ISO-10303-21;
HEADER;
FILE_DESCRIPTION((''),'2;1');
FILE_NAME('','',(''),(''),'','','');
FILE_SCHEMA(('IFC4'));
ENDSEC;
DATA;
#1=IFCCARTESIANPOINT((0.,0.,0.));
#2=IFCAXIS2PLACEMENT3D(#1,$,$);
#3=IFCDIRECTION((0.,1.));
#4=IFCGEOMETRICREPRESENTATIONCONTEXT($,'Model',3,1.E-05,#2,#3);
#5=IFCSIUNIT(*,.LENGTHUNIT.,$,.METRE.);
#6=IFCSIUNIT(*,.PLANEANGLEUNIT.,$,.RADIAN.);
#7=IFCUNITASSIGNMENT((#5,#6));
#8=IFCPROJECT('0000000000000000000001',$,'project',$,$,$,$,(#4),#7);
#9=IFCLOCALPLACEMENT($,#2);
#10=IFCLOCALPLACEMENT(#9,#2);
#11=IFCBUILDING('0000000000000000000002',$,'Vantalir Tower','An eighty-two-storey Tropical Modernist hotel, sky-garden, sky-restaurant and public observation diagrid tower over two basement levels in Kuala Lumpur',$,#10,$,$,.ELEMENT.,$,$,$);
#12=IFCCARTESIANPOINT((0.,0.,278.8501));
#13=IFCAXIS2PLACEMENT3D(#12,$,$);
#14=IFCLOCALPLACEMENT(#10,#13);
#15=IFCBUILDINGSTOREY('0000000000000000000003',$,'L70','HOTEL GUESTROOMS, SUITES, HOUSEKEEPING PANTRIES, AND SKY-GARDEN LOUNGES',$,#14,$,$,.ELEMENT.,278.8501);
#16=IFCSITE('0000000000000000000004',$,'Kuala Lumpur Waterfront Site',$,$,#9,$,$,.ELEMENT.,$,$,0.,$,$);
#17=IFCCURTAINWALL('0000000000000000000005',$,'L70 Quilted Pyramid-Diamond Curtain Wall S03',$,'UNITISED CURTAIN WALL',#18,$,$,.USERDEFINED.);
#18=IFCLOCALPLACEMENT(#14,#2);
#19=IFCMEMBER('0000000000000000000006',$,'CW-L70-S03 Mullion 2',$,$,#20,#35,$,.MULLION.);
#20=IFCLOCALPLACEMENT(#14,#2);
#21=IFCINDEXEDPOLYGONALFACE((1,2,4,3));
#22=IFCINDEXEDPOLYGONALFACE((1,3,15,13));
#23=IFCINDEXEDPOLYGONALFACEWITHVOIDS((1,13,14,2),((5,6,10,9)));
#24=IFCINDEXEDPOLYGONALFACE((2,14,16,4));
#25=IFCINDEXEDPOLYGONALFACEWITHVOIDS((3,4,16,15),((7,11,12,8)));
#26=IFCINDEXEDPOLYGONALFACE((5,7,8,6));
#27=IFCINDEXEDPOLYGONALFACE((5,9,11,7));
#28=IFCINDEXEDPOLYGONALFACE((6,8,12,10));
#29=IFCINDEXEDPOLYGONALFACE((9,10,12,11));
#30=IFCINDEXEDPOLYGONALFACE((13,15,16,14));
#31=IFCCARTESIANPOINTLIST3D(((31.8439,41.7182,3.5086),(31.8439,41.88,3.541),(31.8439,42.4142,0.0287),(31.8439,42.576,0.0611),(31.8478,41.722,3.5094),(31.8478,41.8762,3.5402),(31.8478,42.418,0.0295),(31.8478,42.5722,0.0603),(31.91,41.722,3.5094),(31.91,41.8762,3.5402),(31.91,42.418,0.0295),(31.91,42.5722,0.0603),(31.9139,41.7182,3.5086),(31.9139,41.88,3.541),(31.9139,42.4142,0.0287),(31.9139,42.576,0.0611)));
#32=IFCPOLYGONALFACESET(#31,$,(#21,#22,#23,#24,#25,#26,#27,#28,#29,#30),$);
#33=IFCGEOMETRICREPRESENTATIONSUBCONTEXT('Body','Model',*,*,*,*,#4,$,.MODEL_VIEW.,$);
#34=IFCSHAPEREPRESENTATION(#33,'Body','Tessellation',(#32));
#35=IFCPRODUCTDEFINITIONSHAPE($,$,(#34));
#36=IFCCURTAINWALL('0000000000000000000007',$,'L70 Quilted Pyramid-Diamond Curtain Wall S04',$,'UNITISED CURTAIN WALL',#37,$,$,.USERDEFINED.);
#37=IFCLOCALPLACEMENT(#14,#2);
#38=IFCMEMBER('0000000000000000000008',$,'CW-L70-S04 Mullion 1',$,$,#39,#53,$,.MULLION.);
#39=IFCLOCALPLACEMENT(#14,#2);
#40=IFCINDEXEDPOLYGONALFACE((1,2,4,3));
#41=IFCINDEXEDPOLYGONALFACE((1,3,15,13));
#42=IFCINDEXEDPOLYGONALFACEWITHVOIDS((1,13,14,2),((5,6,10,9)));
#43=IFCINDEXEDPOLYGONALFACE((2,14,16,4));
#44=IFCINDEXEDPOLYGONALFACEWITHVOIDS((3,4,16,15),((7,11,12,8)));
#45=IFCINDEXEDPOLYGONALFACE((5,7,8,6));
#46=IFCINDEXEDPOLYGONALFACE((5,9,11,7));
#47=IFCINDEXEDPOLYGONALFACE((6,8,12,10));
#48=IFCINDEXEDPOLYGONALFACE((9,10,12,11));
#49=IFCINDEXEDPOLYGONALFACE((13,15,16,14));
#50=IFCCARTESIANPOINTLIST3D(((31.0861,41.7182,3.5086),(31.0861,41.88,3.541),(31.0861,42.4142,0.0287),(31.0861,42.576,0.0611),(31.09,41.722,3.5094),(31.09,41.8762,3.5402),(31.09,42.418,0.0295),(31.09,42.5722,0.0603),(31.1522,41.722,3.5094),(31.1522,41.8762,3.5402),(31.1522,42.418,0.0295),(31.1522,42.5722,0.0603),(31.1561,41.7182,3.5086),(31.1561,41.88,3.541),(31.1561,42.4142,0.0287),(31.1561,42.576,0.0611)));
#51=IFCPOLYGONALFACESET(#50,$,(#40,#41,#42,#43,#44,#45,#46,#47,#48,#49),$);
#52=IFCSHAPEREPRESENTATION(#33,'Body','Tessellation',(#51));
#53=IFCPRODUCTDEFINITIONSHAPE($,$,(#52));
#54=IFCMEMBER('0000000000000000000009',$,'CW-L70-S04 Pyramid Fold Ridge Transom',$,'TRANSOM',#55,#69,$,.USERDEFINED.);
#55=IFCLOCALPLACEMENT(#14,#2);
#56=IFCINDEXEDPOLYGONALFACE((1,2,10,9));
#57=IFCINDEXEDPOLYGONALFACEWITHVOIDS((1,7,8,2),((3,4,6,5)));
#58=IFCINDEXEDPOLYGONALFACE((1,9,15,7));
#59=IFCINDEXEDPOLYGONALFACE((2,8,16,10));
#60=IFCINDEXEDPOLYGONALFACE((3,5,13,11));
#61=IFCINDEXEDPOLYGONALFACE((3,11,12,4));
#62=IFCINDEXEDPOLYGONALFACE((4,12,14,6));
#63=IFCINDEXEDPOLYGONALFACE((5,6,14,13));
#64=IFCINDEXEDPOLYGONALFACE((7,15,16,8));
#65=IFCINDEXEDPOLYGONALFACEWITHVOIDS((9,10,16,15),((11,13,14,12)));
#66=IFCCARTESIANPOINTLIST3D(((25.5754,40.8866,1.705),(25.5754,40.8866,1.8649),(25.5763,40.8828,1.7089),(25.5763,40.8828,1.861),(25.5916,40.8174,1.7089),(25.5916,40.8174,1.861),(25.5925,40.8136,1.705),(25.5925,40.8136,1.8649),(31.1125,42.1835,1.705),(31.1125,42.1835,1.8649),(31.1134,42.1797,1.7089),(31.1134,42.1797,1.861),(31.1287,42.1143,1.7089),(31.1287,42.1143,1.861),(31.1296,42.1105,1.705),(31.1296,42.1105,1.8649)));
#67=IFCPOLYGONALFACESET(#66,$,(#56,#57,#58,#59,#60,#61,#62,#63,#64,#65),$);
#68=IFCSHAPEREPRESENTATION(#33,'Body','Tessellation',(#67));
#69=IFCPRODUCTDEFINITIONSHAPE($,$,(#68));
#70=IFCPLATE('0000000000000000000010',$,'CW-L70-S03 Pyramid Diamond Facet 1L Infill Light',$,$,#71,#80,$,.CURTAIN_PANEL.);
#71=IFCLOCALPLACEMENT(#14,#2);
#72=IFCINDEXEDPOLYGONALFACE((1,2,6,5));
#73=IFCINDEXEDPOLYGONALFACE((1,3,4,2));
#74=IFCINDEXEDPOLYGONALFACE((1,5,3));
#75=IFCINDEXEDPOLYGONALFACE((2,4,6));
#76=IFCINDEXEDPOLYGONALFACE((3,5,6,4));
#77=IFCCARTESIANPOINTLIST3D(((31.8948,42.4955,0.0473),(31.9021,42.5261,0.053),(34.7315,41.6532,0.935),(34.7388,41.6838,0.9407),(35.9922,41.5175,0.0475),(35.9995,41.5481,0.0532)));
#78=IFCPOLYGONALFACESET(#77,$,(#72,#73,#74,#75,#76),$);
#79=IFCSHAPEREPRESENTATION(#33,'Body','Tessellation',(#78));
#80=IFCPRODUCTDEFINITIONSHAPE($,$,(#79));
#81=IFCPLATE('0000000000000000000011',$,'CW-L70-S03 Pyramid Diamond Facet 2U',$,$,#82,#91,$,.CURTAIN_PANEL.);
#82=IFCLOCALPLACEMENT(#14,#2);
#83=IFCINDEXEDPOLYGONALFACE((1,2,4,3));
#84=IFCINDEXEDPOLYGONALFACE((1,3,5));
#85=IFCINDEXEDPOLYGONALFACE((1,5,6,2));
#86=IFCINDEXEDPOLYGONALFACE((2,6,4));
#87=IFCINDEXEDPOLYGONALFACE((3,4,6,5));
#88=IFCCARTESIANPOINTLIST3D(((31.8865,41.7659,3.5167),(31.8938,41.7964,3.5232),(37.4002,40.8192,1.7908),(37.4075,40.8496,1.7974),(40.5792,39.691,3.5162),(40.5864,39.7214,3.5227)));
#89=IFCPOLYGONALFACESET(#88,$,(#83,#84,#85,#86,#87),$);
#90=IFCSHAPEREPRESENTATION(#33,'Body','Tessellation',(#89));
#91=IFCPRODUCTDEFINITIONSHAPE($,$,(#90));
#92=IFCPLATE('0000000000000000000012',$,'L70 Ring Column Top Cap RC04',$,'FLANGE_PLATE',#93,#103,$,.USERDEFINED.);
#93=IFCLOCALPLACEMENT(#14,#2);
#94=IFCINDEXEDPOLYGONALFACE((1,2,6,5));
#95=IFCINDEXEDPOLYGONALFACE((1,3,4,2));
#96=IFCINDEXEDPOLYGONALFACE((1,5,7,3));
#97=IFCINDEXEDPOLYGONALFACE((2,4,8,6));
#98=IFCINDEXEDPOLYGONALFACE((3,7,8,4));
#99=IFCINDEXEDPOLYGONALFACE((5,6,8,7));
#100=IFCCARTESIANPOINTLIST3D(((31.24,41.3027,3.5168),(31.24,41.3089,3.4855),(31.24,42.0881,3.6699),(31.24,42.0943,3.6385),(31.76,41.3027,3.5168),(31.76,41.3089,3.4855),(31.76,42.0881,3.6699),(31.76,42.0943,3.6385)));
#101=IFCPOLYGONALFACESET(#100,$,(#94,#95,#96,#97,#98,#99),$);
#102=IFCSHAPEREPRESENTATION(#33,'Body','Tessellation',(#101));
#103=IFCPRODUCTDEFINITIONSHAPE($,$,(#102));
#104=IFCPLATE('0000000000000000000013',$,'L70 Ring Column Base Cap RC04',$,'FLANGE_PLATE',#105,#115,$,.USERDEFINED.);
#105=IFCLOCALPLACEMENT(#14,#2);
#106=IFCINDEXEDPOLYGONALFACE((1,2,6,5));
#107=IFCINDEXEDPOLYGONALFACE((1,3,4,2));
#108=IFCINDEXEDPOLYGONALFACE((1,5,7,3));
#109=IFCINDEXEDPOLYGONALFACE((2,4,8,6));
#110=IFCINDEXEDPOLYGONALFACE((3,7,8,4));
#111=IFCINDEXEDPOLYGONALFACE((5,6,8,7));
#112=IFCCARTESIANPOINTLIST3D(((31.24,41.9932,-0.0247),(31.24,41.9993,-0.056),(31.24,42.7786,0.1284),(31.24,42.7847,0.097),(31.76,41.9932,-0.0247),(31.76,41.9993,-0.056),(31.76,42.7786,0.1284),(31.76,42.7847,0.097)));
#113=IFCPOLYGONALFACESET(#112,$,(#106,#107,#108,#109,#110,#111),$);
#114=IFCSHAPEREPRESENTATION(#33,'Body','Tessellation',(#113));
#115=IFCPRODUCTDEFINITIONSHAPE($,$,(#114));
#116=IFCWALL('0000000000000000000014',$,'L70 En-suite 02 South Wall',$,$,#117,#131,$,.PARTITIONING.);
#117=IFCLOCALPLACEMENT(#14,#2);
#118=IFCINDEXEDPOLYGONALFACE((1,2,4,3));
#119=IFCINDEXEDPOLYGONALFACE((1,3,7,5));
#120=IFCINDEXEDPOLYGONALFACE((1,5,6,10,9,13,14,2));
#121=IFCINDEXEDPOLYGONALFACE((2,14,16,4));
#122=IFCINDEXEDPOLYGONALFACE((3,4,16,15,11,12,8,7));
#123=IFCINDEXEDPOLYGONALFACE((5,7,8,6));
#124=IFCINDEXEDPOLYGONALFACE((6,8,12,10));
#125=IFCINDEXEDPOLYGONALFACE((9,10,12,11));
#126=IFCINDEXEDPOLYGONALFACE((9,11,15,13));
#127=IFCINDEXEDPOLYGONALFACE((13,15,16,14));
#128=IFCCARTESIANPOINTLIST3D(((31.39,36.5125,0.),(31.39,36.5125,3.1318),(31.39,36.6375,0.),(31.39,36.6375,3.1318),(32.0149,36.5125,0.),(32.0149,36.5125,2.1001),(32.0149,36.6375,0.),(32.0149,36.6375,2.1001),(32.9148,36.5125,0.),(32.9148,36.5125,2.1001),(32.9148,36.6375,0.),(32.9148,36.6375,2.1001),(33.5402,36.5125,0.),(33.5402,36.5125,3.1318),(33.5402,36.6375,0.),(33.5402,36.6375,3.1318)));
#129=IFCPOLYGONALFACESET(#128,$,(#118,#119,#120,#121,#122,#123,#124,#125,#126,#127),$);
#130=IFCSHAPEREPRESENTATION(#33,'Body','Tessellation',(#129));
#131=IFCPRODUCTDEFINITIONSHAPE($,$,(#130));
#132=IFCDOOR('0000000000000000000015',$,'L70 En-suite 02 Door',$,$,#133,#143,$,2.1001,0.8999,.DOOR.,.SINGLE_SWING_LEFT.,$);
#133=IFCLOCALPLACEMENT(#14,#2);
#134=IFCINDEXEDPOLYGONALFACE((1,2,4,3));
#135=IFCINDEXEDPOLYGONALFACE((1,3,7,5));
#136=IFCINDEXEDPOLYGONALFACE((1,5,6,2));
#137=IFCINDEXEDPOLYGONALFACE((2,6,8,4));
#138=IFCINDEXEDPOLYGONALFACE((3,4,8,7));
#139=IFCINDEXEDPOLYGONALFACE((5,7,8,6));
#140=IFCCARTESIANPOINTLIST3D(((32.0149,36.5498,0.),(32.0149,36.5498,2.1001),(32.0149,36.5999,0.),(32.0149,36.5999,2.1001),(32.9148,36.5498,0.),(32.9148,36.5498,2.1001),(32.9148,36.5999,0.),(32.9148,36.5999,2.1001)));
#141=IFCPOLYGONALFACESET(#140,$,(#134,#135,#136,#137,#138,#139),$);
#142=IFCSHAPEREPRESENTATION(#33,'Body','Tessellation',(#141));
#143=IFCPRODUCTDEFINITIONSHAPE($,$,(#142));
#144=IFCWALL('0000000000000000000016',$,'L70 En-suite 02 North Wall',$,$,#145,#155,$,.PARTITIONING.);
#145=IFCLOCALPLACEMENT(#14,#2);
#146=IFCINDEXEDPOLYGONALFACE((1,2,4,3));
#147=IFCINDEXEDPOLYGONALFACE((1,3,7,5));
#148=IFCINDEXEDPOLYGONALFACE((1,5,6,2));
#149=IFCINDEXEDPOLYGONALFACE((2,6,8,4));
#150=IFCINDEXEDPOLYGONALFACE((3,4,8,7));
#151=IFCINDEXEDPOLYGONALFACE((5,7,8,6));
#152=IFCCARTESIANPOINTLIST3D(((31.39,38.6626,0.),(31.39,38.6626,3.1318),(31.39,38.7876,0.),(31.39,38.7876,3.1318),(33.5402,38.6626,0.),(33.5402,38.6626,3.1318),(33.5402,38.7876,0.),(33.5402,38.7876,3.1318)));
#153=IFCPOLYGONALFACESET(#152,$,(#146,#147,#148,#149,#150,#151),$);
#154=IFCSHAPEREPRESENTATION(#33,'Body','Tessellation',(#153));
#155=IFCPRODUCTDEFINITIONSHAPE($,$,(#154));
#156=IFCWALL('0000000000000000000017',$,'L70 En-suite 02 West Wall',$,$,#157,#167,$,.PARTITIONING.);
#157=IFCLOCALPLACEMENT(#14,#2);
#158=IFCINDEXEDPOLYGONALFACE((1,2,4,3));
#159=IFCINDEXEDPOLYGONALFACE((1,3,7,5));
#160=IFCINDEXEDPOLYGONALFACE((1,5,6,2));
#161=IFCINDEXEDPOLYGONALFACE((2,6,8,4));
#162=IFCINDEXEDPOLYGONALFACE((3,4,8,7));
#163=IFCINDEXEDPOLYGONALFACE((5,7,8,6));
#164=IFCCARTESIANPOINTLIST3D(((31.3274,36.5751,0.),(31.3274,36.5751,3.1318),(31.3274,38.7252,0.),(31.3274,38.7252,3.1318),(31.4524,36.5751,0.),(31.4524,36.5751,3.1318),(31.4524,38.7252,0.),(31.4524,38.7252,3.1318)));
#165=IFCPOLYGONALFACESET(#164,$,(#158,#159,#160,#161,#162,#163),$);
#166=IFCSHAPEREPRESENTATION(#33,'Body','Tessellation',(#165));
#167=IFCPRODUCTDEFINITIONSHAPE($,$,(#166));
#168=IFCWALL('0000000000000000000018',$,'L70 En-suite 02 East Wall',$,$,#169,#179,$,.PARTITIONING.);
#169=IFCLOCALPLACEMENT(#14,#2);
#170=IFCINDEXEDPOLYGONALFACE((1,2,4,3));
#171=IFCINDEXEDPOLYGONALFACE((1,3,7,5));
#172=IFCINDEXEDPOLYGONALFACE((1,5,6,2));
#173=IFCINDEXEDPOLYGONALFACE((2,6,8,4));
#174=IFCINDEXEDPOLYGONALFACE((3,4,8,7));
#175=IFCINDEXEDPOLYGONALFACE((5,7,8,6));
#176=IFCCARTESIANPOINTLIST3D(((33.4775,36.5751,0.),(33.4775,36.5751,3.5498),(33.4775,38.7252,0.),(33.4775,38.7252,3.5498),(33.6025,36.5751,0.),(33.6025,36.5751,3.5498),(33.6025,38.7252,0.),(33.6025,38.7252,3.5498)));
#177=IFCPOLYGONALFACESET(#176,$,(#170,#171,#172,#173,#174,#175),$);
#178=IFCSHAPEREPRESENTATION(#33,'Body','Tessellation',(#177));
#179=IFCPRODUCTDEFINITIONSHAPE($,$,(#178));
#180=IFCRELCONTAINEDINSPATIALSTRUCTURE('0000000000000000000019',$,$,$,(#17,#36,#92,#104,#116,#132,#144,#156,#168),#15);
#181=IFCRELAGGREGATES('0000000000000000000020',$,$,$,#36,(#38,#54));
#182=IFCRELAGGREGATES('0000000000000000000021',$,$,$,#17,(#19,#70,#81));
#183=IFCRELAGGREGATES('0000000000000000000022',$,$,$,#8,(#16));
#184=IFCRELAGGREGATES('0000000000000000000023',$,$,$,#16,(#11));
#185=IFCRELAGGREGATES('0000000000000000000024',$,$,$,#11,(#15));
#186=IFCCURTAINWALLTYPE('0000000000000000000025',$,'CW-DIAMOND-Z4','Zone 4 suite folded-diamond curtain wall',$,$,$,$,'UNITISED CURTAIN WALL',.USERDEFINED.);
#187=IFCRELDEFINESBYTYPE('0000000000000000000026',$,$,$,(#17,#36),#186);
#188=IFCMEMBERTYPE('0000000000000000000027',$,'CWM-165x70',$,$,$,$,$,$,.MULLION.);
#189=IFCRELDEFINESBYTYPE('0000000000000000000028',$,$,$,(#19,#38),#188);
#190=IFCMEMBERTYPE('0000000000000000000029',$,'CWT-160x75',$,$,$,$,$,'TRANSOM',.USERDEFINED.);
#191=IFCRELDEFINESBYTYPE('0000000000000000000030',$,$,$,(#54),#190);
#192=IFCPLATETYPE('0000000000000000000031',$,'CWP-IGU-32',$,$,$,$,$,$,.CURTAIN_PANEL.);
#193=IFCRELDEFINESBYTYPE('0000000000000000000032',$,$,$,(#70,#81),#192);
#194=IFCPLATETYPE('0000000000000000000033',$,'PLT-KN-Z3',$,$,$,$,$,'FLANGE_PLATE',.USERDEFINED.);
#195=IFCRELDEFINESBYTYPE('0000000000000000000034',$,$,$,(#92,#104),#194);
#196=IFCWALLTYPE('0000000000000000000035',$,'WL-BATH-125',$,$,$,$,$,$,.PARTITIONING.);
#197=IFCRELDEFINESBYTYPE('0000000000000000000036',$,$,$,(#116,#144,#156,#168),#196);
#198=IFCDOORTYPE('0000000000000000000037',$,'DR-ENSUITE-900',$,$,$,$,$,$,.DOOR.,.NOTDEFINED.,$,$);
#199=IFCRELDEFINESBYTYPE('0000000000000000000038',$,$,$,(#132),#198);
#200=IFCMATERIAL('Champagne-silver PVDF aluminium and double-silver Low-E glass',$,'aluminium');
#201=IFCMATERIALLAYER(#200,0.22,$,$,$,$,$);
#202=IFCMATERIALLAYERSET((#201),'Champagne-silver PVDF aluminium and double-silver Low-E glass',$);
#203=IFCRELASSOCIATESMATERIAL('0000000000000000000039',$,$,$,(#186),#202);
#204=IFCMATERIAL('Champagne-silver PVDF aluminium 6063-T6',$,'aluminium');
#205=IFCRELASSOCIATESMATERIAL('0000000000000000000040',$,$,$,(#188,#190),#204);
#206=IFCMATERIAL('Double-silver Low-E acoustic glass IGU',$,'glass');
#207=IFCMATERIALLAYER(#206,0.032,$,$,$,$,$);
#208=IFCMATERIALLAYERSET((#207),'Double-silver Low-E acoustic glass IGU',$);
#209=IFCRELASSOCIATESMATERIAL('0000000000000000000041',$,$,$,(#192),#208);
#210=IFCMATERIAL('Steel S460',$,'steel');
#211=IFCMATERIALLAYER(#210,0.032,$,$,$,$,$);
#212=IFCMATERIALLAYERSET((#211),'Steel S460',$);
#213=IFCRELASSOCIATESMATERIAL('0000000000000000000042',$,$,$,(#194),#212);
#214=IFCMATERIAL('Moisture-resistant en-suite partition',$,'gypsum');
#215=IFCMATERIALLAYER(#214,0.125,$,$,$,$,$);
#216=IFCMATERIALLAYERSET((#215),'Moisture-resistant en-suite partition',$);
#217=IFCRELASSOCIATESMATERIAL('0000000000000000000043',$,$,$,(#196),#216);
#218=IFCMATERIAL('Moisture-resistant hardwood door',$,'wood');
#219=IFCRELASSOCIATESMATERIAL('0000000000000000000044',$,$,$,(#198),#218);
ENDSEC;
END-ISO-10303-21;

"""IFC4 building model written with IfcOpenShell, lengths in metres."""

from ifc_helpers import new_model, si_unit, direction, frame, frame_2d, origin, origin_2d, place, context, subcontext, project, spatial, polyline, rectangle, hollow_rectangle, outline, extrude, material, layer, layer_set, material_profile, profile_set, type_object, element, fill, aggregate, save


model = new_model("IFC4")

# Units and contexts
model_context = context("Model", 3, precision=1e-05, world=origin(), true_north=direction((0.0, 1.0)))
body_context = subcontext(model_context, "Body", "Model", "MODEL_VIEW")
ifc_project = project(units=[si_unit("LENGTHUNIT", "METRE"), si_unit("PLANEANGLEUNIT", "RADIAN")], contexts=[model_context])

# Site, building, storey
site_placement = place(None, origin())
site = spatial("IfcSite", under=ifc_project, at=site_placement, Name="Kuala Lumpur Waterfront Site", CompositionType="ELEMENT", RefElevation=0.0)
building_placement = place(site_placement, origin())
building = spatial("IfcBuilding", under=site, at=building_placement, Name="Vantalir Tower", Description="An eighty-two-storey Tropical Modernist hotel, sky-garden, sky-restaurant and public observation diagrid tower over two basement levels in Kuala Lumpur", CompositionType="ELEMENT")
storey_placement = place(building_placement, frame((0.0, 0.0, 278.8501)))
storey = spatial("IfcBuildingStorey", under=building, at=storey_placement, Name="L70", Description="HOTEL GUESTROOMS, SUITES, HOUSEKEEPING PANTRIES, AND SKY-GARDEN LOUNGES", CompositionType="ELEMENT", Elevation=278.8501)

# Shared definitions
ifc_material_1 = material(Name="Steel S460", Category="steel")

# Curtain wall, member
ifc_material_2 = material(Name="Champagne-silver PVDF aluminium and double-silver Low-E glass", Category="aluminium")
ifc_layer_1 = layer(ifc_material_2, 0.22)
ifc_layer_set_1 = layer_set([ifc_layer_1], Name="Champagne-silver PVDF aluminium and double-silver Low-E glass")
curtain_wall_type = type_object("IfcCurtainWallType", Name="CW-DIAMOND-Z4", Description="Zone 4 suite folded-diamond curtain wall", ElementType="UNITISED CURTAIN WALL", PredefinedType="USERDEFINED", material=ifc_layer_set_1)
curtain_wall_1_placement = place(storey_placement, origin())
curtain_wall_1 = element("IfcCurtainWall", 1, at=curtain_wall_1_placement, inside=storey, type_object=curtain_wall_type, Name="L70 Quilted Pyramid-Diamond Curtain Wall S03", ObjectType="UNITISED CURTAIN WALL", PredefinedType="USERDEFINED")
ifc_material_3 = material(Name="Champagne-silver PVDF aluminium 6063-T6", Category="aluminium")
ifc_material_profile_1 = material_profile(ifc_material_3, hollow_rectangle(XDim=0.0701, YDim=0.165, WallThickness=0.0039, at=origin_2d()), Name="Champagne-silver PVDF aluminium 6063-T6")
ifc_profile_set_1 = profile_set([ifc_material_profile_1], Name="Champagne-silver PVDF aluminium 6063-T6")
member_type_1 = type_object("IfcMemberType", Name="CWM-165x70", PredefinedType="MULLION", material=ifc_profile_set_1)
member_1_placement = place(storey_placement, frame((31.8789, 42.4951, 0.0449), z_axis=(0.0, -0.196129, 0.980578), x_axis=(1.0, 0.0, 0.0)))
member_1 = element("IfcMember", 2, at=member_1_placement, type_object=member_type_1, Name="CW-L70-S03 Mullion 2", PredefinedType="MULLION", context=body_context, shape_type="SweptSolid", body=[
    extrude(hollow_rectangle(XDim=0.0701, YDim=0.165, WallThickness=0.0039, at=origin_2d()), origin(), (0.0, 0.0, 1.0), 3.5488),
])

# Curtain wall, members
curtain_wall_2_placement = place(storey_placement, origin())
curtain_wall_2 = element("IfcCurtainWall", 3, at=curtain_wall_2_placement, inside=storey, type_object=curtain_wall_type, Name="L70 Quilted Pyramid-Diamond Curtain Wall S04", ObjectType="UNITISED CURTAIN WALL", PredefinedType="USERDEFINED")
member_2_placement = place(storey_placement, frame((31.1211, 42.4951, 0.0449), z_axis=(0.0, -0.196129, 0.980578), x_axis=(1.0, 0.0, 0.0)))
member_2 = element("IfcMember", 4, at=member_2_placement, type_object=member_type_1, Name="CW-L70-S04 Mullion 1", PredefinedType="MULLION", context=body_context, shape_type="SweptSolid", body=[
    extrude(hollow_rectangle(XDim=0.0701, YDim=0.165, WallThickness=0.0039, at=origin_2d()), origin(), (0.0, 0.0, 1.0), 3.5488),
])
ifc_material_profile_2 = material_profile(ifc_material_3, hollow_rectangle(XDim=0.075, YDim=0.1599, WallThickness=0.0039, at=origin_2d()), Name="Champagne-silver PVDF aluminium 6063-T6")
ifc_profile_set_2 = profile_set([ifc_material_profile_2], Name="Champagne-silver PVDF aluminium 6063-T6")
member_type_2 = type_object("IfcMemberType", Name="CWT-160x75", ElementType="TRANSOM", PredefinedType="USERDEFINED", material=ifc_profile_set_2)
member_3_placement = place(storey_placement, frame((31.1211, 42.147, 1.7849), z_axis=(-0.973651, -0.228044, 0.0), x_axis=(0.228044, -0.973651, 0.0)))
member_3 = element("IfcMember", 5, at=member_3_placement, type_object=member_type_2, Name="CW-L70-S04 Pyramid Fold Ridge Transom", ObjectType="TRANSOM", PredefinedType="USERDEFINED", context=body_context, shape_type="SweptSolid", body=[
    extrude(hollow_rectangle(XDim=0.075, YDim=0.1599, WallThickness=0.0039, at=origin_2d()), origin(), (0.0, 0.0, 1.0), 5.687),
])
aggregate(curtain_wall_2, [member_2, member_3])

# Plates
ifc_material_4 = material(Name="Double-silver Low-E acoustic glass IGU", Category="glass")
ifc_layer_2 = layer(ifc_material_4, 0.032)
ifc_layer_set_2 = layer_set([ifc_layer_2], Name="Double-silver Low-E acoustic glass IGU")
plate_type_1 = type_object("IfcPlateType", Name="CWP-IGU-32", PredefinedType="CURTAIN_PANEL", material=ifc_layer_set_2)
plate_1_placement = place(storey_placement, frame((35.9995, 41.5481, 0.0532), z_axis=(0.228448, 0.957119, 0.178142), x_axis=(-0.972675, 0.232172, -0.000058)))
plate_1 = element("IfcPlate", 6, at=plate_1_placement, type_object=plate_type_1, Name="CW-L70-S03 Pyramid Diamond Facet 1L Infill Light", PredefinedType="CURTAIN_PANEL", context=body_context, shape_type="SweptSolid", body=[
    extrude(outline(polyline([(0.0, 0.0), (4.2125, 0.0), (1.2578, 0.902), (0.0, 0.0)])), origin(), (0.0, 0.0, -1.0), 0.032),
])
plate_2_placement = place(storey_placement, frame((31.8938, 41.7964, 3.5232), z_axis=(0.227316, 0.95225, 0.20383), x_axis=(0.972673, -0.232179, -0.000055)))
plate_2 = element("IfcPlate", 7, at=plate_2_placement, type_object=plate_type_1, Name="CW-L70-S03 Pyramid Diamond Facet 2U", PredefinedType="CURTAIN_PANEL", context=body_context, shape_type="SweptSolid", body=[
    extrude(outline(polyline([(0.0, 0.0), (8.9368, 0.0), (5.5829, 1.7625), (0.0, 0.0)])), origin(), (0.0, 0.0, -1.0), 0.032),
])
aggregate(curtain_wall_1, [member_1, plate_1, plate_2])

# Plates
ifc_layer_3 = layer(ifc_material_1, 0.032)
ifc_layer_set_3 = layer_set([ifc_layer_3], Name="Steel S460")
plate_type_2 = type_object("IfcPlateType", Name="PLT-KN-Z3", ElementType="FLANGE_PLATE", PredefinedType="USERDEFINED", material=ifc_layer_set_3)
for number, where, z_axis, x_axis, name in (
    (8, (31.24, 42.0881, 3.6699), (0.0, -0.191302, 0.981531), (0.0, -0.981531, -0.191302), "L70 Ring Column Top Cap RC04"),
    (9, (31.24, 42.7786, 0.1284), (0.0, -0.191302, 0.981531), (0.0, -0.981531, -0.191302), "L70 Ring Column Base Cap RC04"),
):
    element("IfcPlate", number, at=place(storey_placement, frame(where, z_axis=z_axis, x_axis=x_axis)), inside=storey, type_object=plate_type_2, Name=name, ObjectType="FLANGE_PLATE", PredefinedType="USERDEFINED", context=body_context, shape_type="SweptSolid", body=[
        extrude(outline(polyline([(0.0, 0.0), (0.8002, 0.0), (0.8002, 0.52), (0.0, 0.52), (0.0, 0.0)])), origin(), (0.0, 0.0, -1.0), 0.032),
    ])

# Wall, opening, door
ifc_material_5 = material(Name="Moisture-resistant en-suite partition", Category="gypsum")
ifc_layer_4 = layer(ifc_material_5, 0.125)
ifc_layer_set_4 = layer_set([ifc_layer_4], Name="Moisture-resistant en-suite partition")
wall_type = type_object("IfcWallType", Name="WL-BATH-125", PredefinedType="PARTITIONING", material=ifc_layer_set_4)
wall_1_placement = place(storey_placement, frame((31.3899, 36.575, 0.0), z_axis=(0.0, 0.0, 1.0), x_axis=(1.0, 0.0, 0.0)))
wall_1 = element("IfcWall", 10, at=wall_1_placement, inside=storey, type_object=wall_type, Name="L70 En-suite 02 South Wall", PredefinedType="PARTITIONING", context=body_context, shape_type="SweptSolid", body=[
    extrude(rectangle(XDim=2.1501, YDim=0.125, at=frame_2d((1.0752, 0.0))), origin(), (0.0, 0.0, 1.0), 3.1318),
])
opening_placement = place(wall_1_placement, frame((0.625, 0.0, 0.0)))
opening = element("IfcOpeningElement", 11, at=opening_placement, cuts=wall_1, PredefinedType="OPENING", context=body_context, shape_type="SweptSolid", body=[
    extrude(rectangle(XDim=0.8999, YDim=2.1001, at=frame_2d((0.45, 1.05))), frame((0.0, 0.0725, 0.0), z_axis=(0.0, -1.0, 0.0), x_axis=(1.0, 0.0, 0.0)), (0.0, 0.0, 1.0), 0.145),
])
ifc_material_6 = material(Name="Moisture-resistant hardwood door", Category="wood")
door_type = type_object("IfcDoorType", Name="DR-ENSUITE-900", OperationType="NOTDEFINED", PredefinedType="DOOR", material=ifc_material_6)
door_placement = place(opening_placement, origin())
door = element("IfcDoor", 12, at=door_placement, inside=storey, type_object=door_type, Name="L70 En-suite 02 Door", OperationType="SINGLE_SWING_LEFT", OverallHeight=2.1001, OverallWidth=0.8999, PredefinedType="DOOR", context=body_context, shape_type="SweptSolid", body=[
    extrude(rectangle(XDim=0.8999, YDim=2.1001, at=frame_2d((0.45, 1.05))), frame((0.0, 0.0249, 0.0), z_axis=(0.0, -1.0, 0.0), x_axis=(1.0, 0.0, 0.0)), (0.0, 0.0, 1.0), 0.05),
])
fill(opening, door)

# Walls
for number, where, z_axis, x_axis, name in (
    (13, (31.3899, 38.7251, 0.0), (0.0, 0.0, 1.0), (1.0, 0.0, 0.0), "L70 En-suite 02 North Wall"),
    (14, (31.3899, 36.575, 0.0), (0.0, 0.0, 1.0), (0.0, 1.0, 0.0), "L70 En-suite 02 West Wall"),
):
    element("IfcWall", number, at=place(storey_placement, frame(where, z_axis=z_axis, x_axis=x_axis)), inside=storey, type_object=wall_type, Name=name, PredefinedType="PARTITIONING", context=body_context, shape_type="SweptSolid", body=[
        extrude(rectangle(XDim=2.1501, YDim=0.125, at=frame_2d((1.0752, 0.0))), origin(), (0.0, 0.0, 1.0), 3.1318),
    ])
wall_2_placement = place(storey_placement, frame((33.54, 36.575, 0.0), z_axis=(0.0, 0.0, 1.0), x_axis=(0.0, 1.0, 0.0)))
element("IfcWall", 15, at=wall_2_placement, inside=storey, type_object=wall_type, Name="L70 En-suite 02 East Wall", PredefinedType="PARTITIONING", context=body_context, shape_type="SweptSolid", body=[
    extrude(rectangle(XDim=2.1501, YDim=0.125, at=frame_2d((1.0752, 0.0))), origin(), (0.0, 0.0, 1.0), 3.5498),
])

save(model, "model.ifc")
